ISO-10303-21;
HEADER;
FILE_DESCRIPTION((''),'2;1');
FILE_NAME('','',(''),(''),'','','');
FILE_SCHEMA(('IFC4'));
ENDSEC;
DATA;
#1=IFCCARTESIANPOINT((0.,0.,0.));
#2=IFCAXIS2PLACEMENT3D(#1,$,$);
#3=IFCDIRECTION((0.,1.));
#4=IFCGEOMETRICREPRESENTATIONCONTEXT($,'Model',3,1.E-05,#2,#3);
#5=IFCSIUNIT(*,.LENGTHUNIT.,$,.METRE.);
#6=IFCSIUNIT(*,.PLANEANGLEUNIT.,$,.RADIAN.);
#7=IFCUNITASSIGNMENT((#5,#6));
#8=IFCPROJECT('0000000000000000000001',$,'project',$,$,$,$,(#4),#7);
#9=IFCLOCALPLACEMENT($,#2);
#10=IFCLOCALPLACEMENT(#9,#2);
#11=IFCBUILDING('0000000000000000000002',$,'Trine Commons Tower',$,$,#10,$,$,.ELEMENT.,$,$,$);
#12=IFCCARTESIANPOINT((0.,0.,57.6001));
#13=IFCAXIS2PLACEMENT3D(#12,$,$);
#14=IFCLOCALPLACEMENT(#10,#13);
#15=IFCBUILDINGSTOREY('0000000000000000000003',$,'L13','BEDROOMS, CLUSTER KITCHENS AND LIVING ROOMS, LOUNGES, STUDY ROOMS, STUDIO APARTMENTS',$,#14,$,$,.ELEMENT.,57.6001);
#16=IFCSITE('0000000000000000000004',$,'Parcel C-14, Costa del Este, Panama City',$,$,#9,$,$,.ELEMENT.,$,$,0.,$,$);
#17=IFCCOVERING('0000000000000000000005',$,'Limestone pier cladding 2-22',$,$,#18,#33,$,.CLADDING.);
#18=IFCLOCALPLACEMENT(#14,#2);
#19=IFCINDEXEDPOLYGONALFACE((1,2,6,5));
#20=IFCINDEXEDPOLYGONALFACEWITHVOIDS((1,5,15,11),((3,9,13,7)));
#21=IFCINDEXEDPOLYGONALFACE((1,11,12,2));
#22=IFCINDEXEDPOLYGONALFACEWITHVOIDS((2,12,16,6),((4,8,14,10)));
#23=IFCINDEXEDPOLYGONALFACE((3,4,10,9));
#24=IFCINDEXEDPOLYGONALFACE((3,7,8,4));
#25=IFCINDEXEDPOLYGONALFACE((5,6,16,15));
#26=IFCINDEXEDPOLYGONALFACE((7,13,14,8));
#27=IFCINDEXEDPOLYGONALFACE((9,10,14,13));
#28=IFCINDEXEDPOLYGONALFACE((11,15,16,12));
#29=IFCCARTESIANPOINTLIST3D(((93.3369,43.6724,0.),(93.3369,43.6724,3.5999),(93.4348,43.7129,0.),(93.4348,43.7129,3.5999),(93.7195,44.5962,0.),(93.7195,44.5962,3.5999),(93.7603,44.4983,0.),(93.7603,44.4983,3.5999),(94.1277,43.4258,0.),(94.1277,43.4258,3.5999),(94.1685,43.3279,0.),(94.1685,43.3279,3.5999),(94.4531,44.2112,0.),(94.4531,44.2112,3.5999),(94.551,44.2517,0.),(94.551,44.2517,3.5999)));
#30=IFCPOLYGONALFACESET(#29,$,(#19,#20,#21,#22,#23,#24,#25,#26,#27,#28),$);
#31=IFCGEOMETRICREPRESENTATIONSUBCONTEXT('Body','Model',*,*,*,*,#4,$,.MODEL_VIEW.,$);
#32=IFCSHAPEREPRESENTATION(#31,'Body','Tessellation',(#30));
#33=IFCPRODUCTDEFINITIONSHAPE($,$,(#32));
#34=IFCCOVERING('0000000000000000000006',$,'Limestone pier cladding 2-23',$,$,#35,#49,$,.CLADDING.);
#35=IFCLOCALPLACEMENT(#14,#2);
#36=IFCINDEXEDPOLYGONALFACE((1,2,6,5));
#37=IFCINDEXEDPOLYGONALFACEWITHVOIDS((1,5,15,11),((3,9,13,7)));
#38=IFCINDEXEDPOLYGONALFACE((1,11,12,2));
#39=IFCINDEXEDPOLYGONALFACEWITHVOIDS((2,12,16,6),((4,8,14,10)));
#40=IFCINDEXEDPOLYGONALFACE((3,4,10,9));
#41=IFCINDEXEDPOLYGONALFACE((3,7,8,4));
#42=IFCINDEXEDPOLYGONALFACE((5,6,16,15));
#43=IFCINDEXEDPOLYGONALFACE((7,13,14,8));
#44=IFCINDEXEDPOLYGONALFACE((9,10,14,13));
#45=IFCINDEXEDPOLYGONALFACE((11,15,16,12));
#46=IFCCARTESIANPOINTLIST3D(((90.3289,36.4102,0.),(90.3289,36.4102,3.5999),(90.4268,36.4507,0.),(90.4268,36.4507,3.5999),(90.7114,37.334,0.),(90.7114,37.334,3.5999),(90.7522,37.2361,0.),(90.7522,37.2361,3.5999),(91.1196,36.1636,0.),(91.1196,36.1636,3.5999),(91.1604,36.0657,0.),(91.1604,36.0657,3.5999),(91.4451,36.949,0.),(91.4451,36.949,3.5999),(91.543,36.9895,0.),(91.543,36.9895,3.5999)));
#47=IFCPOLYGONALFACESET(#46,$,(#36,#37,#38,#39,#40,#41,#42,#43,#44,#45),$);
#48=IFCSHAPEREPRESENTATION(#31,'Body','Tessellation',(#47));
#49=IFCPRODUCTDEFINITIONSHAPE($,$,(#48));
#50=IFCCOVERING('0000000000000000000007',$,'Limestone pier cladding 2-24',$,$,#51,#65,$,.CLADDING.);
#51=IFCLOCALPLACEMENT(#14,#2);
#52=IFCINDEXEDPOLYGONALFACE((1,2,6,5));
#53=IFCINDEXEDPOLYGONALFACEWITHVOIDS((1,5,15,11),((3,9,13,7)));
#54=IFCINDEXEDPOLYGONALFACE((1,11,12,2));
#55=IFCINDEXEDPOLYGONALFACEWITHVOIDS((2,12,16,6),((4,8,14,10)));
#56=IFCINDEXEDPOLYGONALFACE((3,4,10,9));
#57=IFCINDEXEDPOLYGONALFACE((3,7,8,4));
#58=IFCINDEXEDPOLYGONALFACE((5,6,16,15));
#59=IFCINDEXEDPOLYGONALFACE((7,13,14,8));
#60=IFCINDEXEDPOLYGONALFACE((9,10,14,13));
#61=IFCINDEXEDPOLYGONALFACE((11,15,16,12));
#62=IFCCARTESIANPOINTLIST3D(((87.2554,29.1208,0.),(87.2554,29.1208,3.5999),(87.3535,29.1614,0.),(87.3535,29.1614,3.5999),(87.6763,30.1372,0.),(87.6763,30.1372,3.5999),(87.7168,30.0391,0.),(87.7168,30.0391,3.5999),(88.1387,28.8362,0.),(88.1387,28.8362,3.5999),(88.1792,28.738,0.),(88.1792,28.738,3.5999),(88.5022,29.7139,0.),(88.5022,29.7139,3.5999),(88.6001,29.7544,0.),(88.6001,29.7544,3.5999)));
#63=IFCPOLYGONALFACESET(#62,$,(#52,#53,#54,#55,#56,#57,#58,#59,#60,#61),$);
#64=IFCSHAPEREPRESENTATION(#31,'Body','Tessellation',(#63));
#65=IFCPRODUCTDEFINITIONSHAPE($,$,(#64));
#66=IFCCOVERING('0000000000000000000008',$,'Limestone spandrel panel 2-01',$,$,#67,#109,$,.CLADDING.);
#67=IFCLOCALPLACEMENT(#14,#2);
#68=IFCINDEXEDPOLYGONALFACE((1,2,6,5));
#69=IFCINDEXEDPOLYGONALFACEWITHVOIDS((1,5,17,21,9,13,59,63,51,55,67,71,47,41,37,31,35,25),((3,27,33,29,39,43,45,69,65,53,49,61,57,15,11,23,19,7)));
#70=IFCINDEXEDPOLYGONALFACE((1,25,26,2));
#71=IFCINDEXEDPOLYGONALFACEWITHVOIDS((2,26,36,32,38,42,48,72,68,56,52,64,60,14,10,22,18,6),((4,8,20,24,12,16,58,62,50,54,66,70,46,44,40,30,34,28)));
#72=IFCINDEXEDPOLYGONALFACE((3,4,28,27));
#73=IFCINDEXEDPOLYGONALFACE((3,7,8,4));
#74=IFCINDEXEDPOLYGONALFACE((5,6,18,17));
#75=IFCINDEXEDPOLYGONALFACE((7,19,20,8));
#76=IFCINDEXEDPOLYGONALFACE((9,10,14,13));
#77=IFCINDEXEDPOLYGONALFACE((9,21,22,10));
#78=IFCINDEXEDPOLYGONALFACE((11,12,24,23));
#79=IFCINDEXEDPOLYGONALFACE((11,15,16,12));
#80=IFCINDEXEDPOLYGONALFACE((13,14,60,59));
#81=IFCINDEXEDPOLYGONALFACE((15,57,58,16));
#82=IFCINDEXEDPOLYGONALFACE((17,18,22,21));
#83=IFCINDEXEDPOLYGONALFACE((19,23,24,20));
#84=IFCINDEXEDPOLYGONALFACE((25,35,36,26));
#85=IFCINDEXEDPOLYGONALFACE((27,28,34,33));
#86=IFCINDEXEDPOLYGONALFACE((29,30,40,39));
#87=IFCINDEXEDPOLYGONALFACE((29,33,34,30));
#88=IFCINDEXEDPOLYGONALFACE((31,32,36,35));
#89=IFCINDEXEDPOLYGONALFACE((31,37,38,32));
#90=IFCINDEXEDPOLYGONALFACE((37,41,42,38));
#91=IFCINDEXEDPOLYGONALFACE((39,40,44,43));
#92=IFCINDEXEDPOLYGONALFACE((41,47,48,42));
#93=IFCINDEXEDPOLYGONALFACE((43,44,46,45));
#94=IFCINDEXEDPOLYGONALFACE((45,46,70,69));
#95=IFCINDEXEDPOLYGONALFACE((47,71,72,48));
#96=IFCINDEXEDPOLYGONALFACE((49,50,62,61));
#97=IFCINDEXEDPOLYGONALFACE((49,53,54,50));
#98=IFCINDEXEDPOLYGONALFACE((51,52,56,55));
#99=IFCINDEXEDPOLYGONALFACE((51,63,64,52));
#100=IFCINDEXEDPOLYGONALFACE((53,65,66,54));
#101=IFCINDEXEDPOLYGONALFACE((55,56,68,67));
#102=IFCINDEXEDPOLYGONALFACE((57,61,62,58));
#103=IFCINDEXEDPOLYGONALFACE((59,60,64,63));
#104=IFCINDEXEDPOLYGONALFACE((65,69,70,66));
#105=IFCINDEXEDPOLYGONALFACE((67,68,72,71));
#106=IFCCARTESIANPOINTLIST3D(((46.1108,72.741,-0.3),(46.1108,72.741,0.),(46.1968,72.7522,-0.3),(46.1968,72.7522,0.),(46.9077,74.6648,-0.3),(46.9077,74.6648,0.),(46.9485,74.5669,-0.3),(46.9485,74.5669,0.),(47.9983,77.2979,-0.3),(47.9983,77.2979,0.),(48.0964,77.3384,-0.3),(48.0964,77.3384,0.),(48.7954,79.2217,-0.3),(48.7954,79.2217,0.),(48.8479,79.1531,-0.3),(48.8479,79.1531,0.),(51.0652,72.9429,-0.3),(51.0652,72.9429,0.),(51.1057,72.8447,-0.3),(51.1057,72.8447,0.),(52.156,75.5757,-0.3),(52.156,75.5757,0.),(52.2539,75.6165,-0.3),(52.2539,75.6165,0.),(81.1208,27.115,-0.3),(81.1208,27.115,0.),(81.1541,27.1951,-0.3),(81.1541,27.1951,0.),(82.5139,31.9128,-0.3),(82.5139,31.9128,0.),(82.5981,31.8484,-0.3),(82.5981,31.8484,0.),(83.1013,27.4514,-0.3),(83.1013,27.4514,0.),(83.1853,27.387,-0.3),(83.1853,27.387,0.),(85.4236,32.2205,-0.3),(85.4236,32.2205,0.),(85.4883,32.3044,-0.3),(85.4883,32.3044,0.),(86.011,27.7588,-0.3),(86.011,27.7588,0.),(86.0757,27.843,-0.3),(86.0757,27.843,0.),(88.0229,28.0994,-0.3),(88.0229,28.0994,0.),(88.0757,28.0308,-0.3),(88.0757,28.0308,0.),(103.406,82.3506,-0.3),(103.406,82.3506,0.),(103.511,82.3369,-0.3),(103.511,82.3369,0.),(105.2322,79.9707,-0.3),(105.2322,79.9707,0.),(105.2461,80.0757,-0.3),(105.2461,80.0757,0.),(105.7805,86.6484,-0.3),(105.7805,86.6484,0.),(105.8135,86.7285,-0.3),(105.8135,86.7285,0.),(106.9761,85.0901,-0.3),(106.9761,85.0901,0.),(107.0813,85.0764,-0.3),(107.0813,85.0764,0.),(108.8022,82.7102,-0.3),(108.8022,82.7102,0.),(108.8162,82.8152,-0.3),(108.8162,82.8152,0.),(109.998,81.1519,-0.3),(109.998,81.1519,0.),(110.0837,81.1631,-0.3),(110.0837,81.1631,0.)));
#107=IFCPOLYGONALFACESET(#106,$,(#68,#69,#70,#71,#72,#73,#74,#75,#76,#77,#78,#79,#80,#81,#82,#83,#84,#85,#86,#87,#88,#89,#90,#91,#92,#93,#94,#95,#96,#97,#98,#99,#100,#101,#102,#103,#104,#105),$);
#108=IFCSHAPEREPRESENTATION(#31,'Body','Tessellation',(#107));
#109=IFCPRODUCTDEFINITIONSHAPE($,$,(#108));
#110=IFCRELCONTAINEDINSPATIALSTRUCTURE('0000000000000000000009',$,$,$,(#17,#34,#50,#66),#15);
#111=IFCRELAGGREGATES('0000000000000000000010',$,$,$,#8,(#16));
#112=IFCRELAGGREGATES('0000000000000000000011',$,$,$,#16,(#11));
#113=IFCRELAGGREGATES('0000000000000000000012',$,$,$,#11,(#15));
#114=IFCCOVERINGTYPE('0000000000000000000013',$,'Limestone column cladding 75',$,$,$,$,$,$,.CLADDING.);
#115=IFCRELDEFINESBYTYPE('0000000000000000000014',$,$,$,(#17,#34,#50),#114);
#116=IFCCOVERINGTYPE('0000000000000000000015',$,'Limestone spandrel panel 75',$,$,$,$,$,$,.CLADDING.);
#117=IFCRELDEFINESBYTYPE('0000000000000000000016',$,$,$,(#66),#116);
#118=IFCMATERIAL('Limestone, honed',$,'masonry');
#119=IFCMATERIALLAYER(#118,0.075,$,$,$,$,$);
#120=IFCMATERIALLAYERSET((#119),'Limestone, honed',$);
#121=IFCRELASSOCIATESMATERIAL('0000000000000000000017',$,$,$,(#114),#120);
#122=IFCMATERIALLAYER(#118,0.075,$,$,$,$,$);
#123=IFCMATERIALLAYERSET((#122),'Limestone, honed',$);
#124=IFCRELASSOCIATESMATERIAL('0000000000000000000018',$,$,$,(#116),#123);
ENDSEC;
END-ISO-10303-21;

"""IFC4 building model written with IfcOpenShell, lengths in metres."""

from ifc_helpers import new_model, si_unit, direction, frame, origin, place, context, subcontext, project, spatial, polyline, outline, extrude, material, layer, layer_set, type_object, element, save


model = new_model("IFC4")

# Units and contexts
model_context = context("Model", 3, precision=1e-05, world=origin(), true_north=direction((0.0, 1.0)))
body_context = subcontext(model_context, "Body", "Model", "MODEL_VIEW")
ifc_project = project(units=[si_unit("LENGTHUNIT", "METRE"), si_unit("PLANEANGLEUNIT", "RADIAN")], contexts=[model_context])

# Site, building, storey
site_placement = place(None, origin())
site = spatial("IfcSite", under=ifc_project, at=site_placement, Name="Parcel C-14, Costa del Este, Panama City", CompositionType="ELEMENT", RefElevation=0.0)
building_placement = place(site_placement, origin())
building = spatial("IfcBuilding", under=site, at=building_placement, Name="Trine Commons Tower", CompositionType="ELEMENT")
storey_placement = place(building_placement, frame((0.0, 0.0, 57.6001)))
storey = spatial("IfcBuildingStorey", under=building, at=storey_placement, Name="L13", Description="BEDROOMS, CLUSTER KITCHENS AND LIVING ROOMS, LOUNGES, STUDY ROOMS, STUDIO APARTMENTS", CompositionType="ELEMENT", Elevation=57.6001)

# Coverings
ifc_material_1 = material(Name="Limestone, honed", Category="masonry")
ifc_layer_1 = layer(ifc_material_1, 0.075)
ifc_layer_set_1 = layer_set([ifc_layer_1], Name="Limestone, honed")
covering_type_1 = type_object("IfcCoveringType", Name="Limestone column cladding 75", PredefinedType="CLADDING", material=ifc_layer_set_1)
covering_1_placement = place(storey_placement, origin())
element("IfcCovering", 1, at=covering_1_placement, inside=storey, type_object=covering_type_1, Name="Limestone pier cladding 2-22", PredefinedType="CLADDING", context=body_context, shape_type="SweptSolid", body=[
    extrude(outline(polyline([(94.551, 44.2517), (93.7195, 44.5962), (93.3369, 43.6724), (94.1685, 43.3279), (94.551, 44.2517)]), holes=[polyline([(94.4531, 44.2112), (93.7603, 44.4983), (93.4348, 43.7129), (94.1277, 43.4258), (94.4531, 44.2112)])]), origin(), (0.0, 0.0, 1.0), 3.5999),
])
covering_2_placement = place(storey_placement, origin())
element("IfcCovering", 2, at=covering_2_placement, inside=storey, type_object=covering_type_1, Name="Limestone pier cladding 2-23", PredefinedType="CLADDING", context=body_context, shape_type="SweptSolid", body=[
    extrude(outline(polyline([(91.543, 36.9895), (90.7114, 37.334), (90.3289, 36.4102), (91.1604, 36.0657), (91.543, 36.9895)]), holes=[polyline([(91.4451, 36.949), (90.7522, 37.2361), (90.4268, 36.4507), (91.1196, 36.1636), (91.4451, 36.949)])]), origin(), (0.0, 0.0, 1.0), 3.5999),
])
covering_3_placement = place(storey_placement, origin())
element("IfcCovering", 3, at=covering_3_placement, inside=storey, type_object=covering_type_1, Name="Limestone pier cladding 2-24", PredefinedType="CLADDING", context=body_context, shape_type="SweptSolid", body=[
    extrude(outline(polyline([(88.6001, 29.7544), (87.6763, 30.1372), (87.2554, 29.1208), (88.1792, 28.738), (88.6001, 29.7544)]), holes=[polyline([(88.5022, 29.7139), (87.7168, 30.0391), (87.3535, 29.1614), (88.1387, 28.8362), (88.5022, 29.7139)])]), origin(), (0.0, 0.0, 1.0), 3.5999),
])
ifc_layer_2 = layer(ifc_material_1, 0.075)
ifc_layer_set_2 = layer_set([ifc_layer_2], Name="Limestone, honed")
covering_type_2 = type_object("IfcCoveringType", Name="Limestone spandrel panel 75", PredefinedType="CLADDING", material=ifc_layer_set_2)
covering_4_placement = place(storey_placement, frame((0.0, 0.0, -0.3)))
element("IfcCovering", 4, at=covering_4_placement, inside=storey, type_object=covering_type_2, Name="Limestone spandrel panel 2-01", PredefinedType="CLADDING", context=body_context, shape_type="SweptSolid", body=[
    extrude(outline(polyline([(85.4236, 32.2205), (86.011, 27.7588), (88.0757, 28.0308), (110.0837, 81.1631), (108.8162, 82.8152), (105.2461, 80.0757), (103.511, 82.3369), (107.0813, 85.0764), (105.8135, 86.7285), (48.7954, 79.2217), (47.9983, 77.2979), (52.156, 75.5757), (51.0652, 72.9429), (46.9077, 74.6648), (46.1108, 72.741), (81.1208, 27.115), (83.1853, 27.387), (82.5981, 31.8484), (85.4236, 32.2205)]), holes=[polyline([(108.8022, 82.7102), (109.998, 81.1519), (88.0229, 28.0994), (86.0757, 27.843), (85.4883, 32.3044), (82.5139, 31.9128), (83.1013, 27.4514), (81.1541, 27.1951), (46.1968, 72.7522), (46.9485, 74.5669), (51.1057, 72.8447), (52.2539, 75.6165), (48.0964, 77.3384), (48.8479, 79.1531), (105.7805, 86.6484), (106.9761, 85.0901), (103.406, 82.3506), (105.2322, 79.9707), (108.8022, 82.7102)])]), origin(), (0.0, 0.0, 1.0), 0.3),
])

save(model, "model.ifc")
